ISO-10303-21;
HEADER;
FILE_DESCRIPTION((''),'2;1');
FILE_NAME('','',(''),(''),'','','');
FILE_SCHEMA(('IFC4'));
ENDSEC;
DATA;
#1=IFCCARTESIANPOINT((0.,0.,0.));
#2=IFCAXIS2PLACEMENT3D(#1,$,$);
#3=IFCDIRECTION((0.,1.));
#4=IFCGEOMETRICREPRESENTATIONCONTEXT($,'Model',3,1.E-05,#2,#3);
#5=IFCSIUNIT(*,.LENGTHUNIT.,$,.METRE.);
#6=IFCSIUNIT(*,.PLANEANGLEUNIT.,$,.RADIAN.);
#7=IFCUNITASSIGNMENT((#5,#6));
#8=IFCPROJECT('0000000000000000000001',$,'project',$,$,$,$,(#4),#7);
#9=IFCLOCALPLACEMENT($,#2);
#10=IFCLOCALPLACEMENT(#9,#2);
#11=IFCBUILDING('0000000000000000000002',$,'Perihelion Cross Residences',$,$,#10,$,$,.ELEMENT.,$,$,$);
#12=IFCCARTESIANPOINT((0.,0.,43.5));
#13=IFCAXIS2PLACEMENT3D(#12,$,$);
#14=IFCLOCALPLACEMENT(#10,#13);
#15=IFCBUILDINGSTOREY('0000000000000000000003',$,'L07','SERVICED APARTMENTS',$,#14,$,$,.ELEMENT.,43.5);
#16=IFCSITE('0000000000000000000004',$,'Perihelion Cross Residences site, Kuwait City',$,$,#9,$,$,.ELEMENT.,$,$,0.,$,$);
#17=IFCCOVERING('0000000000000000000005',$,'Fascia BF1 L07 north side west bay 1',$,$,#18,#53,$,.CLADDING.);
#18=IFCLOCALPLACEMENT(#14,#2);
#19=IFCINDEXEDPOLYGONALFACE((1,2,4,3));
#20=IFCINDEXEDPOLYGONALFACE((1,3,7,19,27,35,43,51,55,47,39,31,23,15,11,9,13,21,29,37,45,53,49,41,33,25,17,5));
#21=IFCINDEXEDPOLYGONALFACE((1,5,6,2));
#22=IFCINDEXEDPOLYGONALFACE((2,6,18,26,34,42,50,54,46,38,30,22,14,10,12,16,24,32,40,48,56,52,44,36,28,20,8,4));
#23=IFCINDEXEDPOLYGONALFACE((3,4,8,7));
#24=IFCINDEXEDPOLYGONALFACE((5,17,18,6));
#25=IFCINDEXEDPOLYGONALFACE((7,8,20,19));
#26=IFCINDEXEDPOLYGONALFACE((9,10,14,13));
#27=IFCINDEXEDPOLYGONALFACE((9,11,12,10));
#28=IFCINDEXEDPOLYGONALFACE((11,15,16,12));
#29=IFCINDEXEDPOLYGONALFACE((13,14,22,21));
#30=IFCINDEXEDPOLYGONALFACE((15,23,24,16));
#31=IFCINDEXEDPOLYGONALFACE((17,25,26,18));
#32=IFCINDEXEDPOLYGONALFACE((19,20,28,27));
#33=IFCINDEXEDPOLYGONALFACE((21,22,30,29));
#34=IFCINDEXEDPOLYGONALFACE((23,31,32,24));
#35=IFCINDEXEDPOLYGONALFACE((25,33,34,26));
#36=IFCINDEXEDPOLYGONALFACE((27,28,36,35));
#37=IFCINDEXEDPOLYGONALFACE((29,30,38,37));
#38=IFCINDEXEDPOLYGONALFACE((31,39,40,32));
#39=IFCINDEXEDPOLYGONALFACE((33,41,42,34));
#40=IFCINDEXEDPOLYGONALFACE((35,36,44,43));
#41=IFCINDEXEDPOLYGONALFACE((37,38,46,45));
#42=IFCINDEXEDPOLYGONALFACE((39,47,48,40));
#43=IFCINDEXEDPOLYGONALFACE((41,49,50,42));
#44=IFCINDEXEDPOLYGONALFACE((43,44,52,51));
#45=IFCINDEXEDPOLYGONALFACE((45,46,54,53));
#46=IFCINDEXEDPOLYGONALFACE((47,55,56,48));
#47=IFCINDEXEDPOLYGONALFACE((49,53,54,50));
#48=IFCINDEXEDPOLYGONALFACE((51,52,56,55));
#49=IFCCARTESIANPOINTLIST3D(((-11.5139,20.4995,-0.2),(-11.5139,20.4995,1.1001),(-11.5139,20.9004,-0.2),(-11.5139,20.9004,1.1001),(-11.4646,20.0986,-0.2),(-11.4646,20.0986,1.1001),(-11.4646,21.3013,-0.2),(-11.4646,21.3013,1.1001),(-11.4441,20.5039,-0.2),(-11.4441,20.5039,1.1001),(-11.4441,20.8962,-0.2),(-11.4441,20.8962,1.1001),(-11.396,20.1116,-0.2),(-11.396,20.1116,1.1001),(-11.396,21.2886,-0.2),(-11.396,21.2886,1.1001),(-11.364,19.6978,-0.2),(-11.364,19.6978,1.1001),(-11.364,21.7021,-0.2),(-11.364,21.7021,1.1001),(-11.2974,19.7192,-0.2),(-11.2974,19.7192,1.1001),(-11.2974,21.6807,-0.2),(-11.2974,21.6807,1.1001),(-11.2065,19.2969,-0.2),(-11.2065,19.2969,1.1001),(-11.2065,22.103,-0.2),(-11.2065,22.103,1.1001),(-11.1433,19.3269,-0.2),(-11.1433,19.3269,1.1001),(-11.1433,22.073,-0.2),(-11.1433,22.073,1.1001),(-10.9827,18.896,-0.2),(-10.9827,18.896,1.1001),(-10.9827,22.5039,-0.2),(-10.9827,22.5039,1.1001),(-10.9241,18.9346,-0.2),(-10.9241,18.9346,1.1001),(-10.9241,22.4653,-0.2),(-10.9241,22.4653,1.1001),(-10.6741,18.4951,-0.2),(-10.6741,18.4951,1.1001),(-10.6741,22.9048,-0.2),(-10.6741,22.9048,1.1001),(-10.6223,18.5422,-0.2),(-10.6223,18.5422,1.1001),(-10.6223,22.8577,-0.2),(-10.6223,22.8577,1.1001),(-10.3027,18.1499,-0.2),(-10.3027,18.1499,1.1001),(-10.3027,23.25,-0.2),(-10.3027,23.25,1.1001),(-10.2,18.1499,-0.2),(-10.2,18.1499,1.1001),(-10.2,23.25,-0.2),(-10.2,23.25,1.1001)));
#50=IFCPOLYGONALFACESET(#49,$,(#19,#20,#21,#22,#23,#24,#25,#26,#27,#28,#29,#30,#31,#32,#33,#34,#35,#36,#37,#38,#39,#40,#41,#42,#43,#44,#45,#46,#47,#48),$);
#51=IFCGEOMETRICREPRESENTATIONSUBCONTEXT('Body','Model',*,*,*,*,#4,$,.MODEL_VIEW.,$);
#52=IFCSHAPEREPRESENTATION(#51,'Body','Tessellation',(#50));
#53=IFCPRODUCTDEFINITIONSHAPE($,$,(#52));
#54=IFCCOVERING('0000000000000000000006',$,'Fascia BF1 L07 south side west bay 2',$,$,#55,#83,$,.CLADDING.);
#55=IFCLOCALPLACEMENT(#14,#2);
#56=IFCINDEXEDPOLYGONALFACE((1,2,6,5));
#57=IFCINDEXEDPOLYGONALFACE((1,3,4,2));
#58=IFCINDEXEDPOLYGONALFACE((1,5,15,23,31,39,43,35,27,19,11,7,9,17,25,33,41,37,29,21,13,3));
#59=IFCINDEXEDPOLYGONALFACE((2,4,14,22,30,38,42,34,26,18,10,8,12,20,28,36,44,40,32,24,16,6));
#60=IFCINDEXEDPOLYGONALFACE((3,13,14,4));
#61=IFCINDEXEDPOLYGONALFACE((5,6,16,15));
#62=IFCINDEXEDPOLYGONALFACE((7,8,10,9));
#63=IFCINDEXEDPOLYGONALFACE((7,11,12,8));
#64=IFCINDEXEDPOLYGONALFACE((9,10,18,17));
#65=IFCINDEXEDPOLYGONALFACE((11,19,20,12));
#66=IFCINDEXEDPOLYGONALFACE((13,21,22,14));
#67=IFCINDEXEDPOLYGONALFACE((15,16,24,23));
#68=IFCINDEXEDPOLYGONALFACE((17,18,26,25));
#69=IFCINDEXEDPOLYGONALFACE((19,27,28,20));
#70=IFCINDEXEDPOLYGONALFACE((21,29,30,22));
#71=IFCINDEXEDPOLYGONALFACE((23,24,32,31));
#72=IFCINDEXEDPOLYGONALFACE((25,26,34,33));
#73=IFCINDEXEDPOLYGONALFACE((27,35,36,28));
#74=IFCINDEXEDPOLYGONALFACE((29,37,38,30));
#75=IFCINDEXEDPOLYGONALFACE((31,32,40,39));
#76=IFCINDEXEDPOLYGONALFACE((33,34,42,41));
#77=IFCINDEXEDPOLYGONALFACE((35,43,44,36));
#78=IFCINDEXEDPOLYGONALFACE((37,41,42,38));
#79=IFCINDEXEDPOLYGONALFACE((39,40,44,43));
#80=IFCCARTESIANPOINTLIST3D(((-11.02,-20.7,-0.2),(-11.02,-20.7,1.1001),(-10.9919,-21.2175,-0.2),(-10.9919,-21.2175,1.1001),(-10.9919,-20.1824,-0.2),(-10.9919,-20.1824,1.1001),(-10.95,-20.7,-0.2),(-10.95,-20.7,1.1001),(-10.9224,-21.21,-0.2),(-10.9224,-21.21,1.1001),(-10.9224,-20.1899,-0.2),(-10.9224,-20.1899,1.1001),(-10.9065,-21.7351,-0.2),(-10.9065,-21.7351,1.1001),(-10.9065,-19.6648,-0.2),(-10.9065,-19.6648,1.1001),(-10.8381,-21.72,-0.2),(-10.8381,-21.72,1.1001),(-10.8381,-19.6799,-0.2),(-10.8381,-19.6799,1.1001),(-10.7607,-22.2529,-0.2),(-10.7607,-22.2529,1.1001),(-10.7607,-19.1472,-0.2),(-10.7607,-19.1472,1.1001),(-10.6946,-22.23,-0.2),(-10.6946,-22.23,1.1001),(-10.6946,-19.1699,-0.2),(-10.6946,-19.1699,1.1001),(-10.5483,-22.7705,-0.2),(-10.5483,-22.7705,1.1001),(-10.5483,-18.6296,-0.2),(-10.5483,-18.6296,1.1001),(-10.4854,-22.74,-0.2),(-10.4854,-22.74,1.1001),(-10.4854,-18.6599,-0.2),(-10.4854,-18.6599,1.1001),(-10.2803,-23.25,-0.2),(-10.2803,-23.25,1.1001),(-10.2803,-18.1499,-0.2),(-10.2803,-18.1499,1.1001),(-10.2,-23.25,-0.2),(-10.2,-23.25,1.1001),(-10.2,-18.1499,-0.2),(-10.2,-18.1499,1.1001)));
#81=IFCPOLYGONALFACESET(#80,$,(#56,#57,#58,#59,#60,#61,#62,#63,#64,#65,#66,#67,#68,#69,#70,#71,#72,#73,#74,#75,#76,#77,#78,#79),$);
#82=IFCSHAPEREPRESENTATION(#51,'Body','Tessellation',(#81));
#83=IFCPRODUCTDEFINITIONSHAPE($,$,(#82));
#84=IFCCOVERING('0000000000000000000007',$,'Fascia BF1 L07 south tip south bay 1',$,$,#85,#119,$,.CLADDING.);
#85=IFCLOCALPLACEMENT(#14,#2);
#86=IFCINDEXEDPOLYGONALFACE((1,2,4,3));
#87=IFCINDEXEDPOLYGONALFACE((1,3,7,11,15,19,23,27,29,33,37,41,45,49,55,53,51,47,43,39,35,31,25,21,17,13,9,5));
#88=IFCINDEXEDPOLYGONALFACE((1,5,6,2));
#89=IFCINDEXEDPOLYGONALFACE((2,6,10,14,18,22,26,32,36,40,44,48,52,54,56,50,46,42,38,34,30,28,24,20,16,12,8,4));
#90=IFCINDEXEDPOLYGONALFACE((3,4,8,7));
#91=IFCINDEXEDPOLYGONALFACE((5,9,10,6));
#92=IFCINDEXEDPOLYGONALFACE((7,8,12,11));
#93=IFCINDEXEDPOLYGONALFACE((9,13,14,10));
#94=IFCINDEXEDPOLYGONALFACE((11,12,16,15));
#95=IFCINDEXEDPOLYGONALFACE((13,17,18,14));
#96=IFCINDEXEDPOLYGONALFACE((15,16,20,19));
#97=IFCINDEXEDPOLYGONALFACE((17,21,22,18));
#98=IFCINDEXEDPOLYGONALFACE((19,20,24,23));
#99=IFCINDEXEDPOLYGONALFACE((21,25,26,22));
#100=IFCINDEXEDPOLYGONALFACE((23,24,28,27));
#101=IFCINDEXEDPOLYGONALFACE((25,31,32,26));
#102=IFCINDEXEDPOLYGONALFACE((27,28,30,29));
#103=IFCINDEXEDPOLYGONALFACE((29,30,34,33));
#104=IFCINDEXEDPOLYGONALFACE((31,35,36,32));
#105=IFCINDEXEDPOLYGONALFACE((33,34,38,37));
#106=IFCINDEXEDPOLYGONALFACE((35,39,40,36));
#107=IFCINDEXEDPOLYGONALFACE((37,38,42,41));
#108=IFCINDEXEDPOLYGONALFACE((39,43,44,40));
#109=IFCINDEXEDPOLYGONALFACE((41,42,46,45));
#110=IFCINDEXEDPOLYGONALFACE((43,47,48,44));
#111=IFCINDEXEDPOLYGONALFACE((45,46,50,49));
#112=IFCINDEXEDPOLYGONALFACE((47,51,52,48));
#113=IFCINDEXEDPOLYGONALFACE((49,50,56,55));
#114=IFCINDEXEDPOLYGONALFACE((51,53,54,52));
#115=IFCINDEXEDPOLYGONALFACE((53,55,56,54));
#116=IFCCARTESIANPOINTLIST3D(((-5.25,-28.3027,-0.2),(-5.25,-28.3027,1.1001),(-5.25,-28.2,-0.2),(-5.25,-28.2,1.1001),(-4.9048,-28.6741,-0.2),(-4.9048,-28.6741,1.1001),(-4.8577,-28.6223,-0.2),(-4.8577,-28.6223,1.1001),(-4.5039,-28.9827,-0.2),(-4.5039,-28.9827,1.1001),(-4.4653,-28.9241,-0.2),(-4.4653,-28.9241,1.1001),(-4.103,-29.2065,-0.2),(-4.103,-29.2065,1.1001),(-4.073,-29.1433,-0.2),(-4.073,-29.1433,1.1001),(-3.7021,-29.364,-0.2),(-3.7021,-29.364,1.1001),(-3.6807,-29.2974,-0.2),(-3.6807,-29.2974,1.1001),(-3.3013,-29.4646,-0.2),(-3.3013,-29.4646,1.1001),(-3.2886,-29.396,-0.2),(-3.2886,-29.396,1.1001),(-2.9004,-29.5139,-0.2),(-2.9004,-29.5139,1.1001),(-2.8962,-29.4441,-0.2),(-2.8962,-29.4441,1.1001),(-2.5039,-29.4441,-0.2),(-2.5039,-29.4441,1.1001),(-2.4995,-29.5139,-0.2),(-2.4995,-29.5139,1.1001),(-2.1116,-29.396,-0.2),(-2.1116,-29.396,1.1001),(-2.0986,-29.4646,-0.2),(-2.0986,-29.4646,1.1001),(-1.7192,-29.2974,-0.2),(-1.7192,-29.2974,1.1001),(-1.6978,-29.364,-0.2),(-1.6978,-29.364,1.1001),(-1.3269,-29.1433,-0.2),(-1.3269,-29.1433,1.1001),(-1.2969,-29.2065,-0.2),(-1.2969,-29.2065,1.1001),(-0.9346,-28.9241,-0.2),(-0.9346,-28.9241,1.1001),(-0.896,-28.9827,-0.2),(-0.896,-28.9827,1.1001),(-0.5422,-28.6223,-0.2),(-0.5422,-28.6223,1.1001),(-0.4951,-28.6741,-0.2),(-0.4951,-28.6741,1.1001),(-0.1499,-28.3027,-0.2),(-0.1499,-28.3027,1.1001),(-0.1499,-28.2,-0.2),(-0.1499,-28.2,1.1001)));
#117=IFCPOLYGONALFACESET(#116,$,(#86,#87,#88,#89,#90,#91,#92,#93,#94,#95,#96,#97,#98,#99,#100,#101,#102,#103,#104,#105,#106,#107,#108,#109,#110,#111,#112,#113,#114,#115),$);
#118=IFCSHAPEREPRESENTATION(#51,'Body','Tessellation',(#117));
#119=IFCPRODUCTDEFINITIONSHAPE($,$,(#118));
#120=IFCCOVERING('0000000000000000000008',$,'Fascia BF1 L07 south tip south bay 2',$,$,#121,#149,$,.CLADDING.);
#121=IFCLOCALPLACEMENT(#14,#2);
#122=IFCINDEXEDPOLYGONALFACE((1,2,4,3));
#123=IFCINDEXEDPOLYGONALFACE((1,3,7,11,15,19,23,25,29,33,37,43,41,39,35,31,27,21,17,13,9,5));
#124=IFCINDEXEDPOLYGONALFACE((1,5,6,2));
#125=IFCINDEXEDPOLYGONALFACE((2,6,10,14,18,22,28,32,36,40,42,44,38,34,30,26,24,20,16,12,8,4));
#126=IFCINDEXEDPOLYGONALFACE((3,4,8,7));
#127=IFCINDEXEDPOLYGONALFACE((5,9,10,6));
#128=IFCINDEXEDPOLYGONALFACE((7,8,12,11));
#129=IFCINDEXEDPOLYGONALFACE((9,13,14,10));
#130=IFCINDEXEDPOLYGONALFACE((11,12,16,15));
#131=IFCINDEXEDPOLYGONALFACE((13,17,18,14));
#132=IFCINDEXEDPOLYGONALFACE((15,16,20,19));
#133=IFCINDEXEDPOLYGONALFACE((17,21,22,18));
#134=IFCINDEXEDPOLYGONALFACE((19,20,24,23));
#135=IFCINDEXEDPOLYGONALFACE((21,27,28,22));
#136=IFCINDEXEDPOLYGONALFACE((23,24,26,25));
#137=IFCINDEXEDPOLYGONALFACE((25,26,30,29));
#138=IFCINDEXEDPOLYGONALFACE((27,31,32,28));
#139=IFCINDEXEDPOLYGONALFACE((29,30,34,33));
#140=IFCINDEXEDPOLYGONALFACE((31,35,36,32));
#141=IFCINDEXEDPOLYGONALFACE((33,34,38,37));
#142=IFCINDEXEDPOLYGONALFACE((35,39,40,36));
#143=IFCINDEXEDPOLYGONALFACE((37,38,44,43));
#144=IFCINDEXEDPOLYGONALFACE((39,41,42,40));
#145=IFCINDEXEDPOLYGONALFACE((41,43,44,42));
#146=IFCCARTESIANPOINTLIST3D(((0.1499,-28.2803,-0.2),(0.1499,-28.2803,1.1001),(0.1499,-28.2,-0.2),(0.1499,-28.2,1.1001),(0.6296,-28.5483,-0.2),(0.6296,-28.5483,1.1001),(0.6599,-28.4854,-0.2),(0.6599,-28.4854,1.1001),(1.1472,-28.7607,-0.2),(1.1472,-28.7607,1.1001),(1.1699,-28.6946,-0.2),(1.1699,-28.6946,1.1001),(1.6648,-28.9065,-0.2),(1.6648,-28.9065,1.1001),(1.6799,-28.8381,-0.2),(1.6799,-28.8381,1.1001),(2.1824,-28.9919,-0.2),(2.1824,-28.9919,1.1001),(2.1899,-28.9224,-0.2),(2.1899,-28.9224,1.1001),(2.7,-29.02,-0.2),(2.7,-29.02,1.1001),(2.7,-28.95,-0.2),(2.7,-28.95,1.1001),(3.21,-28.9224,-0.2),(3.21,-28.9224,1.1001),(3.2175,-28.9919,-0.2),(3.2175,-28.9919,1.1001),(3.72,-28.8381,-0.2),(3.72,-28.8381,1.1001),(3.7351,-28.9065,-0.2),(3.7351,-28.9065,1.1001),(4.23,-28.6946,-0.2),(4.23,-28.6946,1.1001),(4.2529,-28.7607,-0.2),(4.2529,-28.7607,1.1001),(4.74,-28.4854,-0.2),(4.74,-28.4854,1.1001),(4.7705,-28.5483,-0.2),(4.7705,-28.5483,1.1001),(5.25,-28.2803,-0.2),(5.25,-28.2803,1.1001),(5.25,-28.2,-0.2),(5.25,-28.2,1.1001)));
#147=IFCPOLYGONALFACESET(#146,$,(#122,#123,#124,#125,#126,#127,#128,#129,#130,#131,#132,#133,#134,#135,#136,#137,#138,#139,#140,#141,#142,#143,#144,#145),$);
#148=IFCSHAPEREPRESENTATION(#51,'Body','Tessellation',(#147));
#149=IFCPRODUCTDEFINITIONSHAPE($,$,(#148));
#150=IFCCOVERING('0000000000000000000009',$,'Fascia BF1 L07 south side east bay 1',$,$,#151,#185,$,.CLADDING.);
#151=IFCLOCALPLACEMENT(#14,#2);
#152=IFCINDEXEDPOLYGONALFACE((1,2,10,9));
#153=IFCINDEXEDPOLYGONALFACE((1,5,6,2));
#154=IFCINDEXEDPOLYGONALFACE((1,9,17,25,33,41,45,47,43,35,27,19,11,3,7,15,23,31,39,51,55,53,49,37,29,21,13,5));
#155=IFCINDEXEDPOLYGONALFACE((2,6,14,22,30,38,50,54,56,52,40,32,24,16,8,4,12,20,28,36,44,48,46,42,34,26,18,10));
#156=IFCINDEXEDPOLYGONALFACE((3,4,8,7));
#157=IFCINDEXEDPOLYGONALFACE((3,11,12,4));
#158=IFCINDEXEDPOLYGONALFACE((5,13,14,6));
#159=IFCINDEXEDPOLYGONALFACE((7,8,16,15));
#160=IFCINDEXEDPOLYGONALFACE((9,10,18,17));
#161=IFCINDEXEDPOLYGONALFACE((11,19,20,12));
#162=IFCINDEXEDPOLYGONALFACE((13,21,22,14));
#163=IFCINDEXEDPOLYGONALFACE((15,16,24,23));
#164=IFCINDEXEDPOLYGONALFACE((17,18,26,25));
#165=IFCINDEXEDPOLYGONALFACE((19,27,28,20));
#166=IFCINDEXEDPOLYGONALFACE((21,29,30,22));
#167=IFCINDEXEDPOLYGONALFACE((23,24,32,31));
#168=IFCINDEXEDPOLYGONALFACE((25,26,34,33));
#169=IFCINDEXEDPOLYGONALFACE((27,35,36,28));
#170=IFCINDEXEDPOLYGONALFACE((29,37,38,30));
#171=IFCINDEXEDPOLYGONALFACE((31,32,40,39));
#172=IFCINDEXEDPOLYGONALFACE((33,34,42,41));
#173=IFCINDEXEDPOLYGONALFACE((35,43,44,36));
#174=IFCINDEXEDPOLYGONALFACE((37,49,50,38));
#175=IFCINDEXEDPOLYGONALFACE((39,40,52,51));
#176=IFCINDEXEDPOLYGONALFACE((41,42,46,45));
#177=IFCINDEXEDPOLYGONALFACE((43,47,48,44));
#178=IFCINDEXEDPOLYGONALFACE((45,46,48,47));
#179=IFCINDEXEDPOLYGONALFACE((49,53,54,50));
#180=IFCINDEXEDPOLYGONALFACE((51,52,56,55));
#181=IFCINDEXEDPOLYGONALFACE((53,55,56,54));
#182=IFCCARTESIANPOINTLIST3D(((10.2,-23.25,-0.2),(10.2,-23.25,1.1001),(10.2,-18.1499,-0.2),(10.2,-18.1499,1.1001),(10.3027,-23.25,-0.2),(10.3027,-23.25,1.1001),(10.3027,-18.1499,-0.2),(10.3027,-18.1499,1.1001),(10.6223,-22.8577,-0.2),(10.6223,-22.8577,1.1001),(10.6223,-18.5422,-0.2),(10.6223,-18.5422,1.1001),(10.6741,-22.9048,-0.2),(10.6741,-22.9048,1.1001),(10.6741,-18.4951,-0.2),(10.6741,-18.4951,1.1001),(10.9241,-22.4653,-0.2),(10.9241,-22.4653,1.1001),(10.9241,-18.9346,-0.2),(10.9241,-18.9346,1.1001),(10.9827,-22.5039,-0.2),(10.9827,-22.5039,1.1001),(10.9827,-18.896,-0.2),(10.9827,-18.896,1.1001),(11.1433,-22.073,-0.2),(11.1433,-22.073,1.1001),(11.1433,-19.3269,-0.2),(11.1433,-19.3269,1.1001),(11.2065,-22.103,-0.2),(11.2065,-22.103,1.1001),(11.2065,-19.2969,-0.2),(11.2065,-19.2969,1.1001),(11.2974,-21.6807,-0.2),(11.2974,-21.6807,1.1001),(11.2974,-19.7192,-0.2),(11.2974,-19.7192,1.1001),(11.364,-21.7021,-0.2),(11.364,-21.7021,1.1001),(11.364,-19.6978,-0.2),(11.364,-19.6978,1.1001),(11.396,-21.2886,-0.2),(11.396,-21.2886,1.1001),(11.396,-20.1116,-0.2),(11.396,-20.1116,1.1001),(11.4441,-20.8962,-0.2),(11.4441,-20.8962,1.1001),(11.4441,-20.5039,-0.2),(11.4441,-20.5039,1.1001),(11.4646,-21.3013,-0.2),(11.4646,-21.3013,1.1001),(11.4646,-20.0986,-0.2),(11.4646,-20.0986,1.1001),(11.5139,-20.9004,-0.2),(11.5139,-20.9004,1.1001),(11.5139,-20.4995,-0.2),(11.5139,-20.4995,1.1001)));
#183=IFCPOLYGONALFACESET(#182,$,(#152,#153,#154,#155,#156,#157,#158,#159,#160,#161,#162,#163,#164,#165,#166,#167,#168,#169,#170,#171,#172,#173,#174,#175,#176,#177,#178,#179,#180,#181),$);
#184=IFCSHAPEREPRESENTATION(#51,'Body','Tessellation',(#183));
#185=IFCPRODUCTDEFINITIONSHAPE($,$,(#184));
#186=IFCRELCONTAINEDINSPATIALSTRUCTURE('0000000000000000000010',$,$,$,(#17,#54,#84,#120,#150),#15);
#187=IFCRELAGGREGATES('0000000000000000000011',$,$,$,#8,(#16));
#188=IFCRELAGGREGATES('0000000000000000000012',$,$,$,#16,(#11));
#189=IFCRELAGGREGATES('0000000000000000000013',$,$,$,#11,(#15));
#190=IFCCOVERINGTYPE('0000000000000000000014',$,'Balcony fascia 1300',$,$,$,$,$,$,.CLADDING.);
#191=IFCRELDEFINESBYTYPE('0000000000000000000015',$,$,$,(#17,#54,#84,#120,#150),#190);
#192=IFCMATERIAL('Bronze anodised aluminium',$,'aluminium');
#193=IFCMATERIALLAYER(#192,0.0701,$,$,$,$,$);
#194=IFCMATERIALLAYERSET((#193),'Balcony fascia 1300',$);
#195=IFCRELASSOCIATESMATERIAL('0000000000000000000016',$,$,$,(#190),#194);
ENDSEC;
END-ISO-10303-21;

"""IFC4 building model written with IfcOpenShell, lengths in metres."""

from ifc_helpers import new_model, si_unit, direction, frame, origin, place, context, subcontext, project, spatial, polyline, outline, extrude, material, layer, layer_set, type_object, element, save


model = new_model("IFC4")

# Units and contexts
model_context = context("Model", 3, precision=1e-05, world=origin(), true_north=direction((0.0, 1.0)))
body_context = subcontext(model_context, "Body", "Model", "MODEL_VIEW")
ifc_project = project(units=[si_unit("LENGTHUNIT", "METRE"), si_unit("PLANEANGLEUNIT", "RADIAN")], contexts=[model_context])

# Site, building, storey
site_placement = place(None, origin())
site = spatial("IfcSite", under=ifc_project, at=site_placement, Name="Perihelion Cross Residences site, Kuwait City", CompositionType="ELEMENT", RefElevation=0.0)
building_placement = place(site_placement, origin())
building = spatial("IfcBuilding", under=site, at=building_placement, Name="Perihelion Cross Residences", CompositionType="ELEMENT")
storey_placement = place(building_placement, frame((0.0, 0.0, 43.5)))
storey = spatial("IfcBuildingStorey", under=building, at=storey_placement, Name="L07", Description="SERVICED APARTMENTS", CompositionType="ELEMENT", Elevation=43.5)

# Coverings
ifc_material_1 = material(Name="Bronze anodised aluminium", Category="aluminium")
ifc_layer_1 = layer(ifc_material_1, 0.0701)
ifc_layer_set_1 = layer_set([ifc_layer_1], Name="Balcony fascia 1300")
covering_type_1 = type_object("IfcCoveringType", Name="Balcony fascia 1300", PredefinedType="CLADDING", material=ifc_layer_set_1)
covering_1_placement = place(storey_placement, frame((0.0, 0.0, -0.2)))
element("IfcCovering", 1, at=covering_1_placement, inside=storey, type_object=covering_type_1, Name="Fascia BF1 L07 north side west bay 1", PredefinedType="CLADDING", context=body_context, shape_type="SweptSolid", body=[
    extrude(outline(polyline([(-10.6741, 22.9048), (-10.9827, 22.5039), (-11.2065, 22.103), (-11.364, 21.7021), (-11.4646, 21.3013), (-11.5139, 20.9004), (-11.5139, 20.4995), (-11.4646, 20.0986), (-11.364, 19.6978), (-11.2065, 19.2969), (-10.9827, 18.896), (-10.6741, 18.4951), (-10.3027, 18.1499), (-10.2, 18.1499), (-10.6223, 18.5422), (-10.9241, 18.9346), (-11.1433, 19.3269), (-11.2974, 19.7192), (-11.396, 20.1116), (-11.4441, 20.5039), (-11.4441, 20.8962), (-11.396, 21.2886), (-11.2974, 21.6807), (-11.1433, 22.073), (-10.9241, 22.4653), (-10.6223, 22.8577), (-10.2, 23.25), (-10.3027, 23.25), (-10.6741, 22.9048)])), origin(), (0.0, 0.0, 1.0), 1.3),
])
covering_2_placement = place(storey_placement, frame((0.0, 0.0, -0.2)))
element("IfcCovering", 2, at=covering_2_placement, inside=storey, type_object=covering_type_1, Name="Fascia BF1 L07 south side west bay 2", PredefinedType="CLADDING", context=body_context, shape_type="SweptSolid", body=[
    extrude(outline(polyline([(-10.5483, -18.6296), (-10.7607, -19.1472), (-10.9065, -19.6648), (-10.9919, -20.1824), (-11.02, -20.7), (-10.9919, -21.2175), (-10.9065, -21.7351), (-10.7607, -22.2529), (-10.5483, -22.7705), (-10.2803, -23.25), (-10.2, -23.25), (-10.4854, -22.74), (-10.6946, -22.23), (-10.8381, -21.72), (-10.9224, -21.21), (-10.95, -20.7), (-10.9224, -20.1899), (-10.8381, -19.6799), (-10.6946, -19.1699), (-10.4854, -18.6599), (-10.2, -18.1499), (-10.2803, -18.1499), (-10.5483, -18.6296)])), origin(), (0.0, 0.0, 1.0), 1.3),
])
covering_3_placement = place(storey_placement, frame((0.0, 0.0, -0.2)))
element("IfcCovering", 3, at=covering_3_placement, inside=storey, type_object=covering_type_1, Name="Fascia BF1 L07 south tip south bay 1", PredefinedType="CLADDING", context=body_context, shape_type="SweptSolid", body=[
    extrude(outline(polyline([(-4.9048, -28.6741), (-4.5039, -28.9827), (-4.103, -29.2065), (-3.7021, -29.364), (-3.3013, -29.4646), (-2.9004, -29.5139), (-2.4995, -29.5139), (-2.0986, -29.4646), (-1.6978, -29.364), (-1.2969, -29.2065), (-0.896, -28.9827), (-0.4951, -28.6741), (-0.1499, -28.3027), (-0.1499, -28.2), (-0.5422, -28.6223), (-0.9346, -28.9241), (-1.3269, -29.1433), (-1.7192, -29.2974), (-2.1116, -29.396), (-2.5039, -29.4441), (-2.8962, -29.4441), (-3.2886, -29.396), (-3.6807, -29.2974), (-4.073, -29.1433), (-4.4653, -28.9241), (-4.8577, -28.6223), (-5.25, -28.2), (-5.25, -28.3027), (-4.9048, -28.6741)])), origin(), (0.0, 0.0, 1.0), 1.3),
])
covering_4_placement = place(storey_placement, frame((0.0, 0.0, -0.2)))
element("IfcCovering", 4, at=covering_4_placement, inside=storey, type_object=covering_type_1, Name="Fascia BF1 L07 south tip south bay 2", PredefinedType="CLADDING", context=body_context, shape_type="SweptSolid", body=[
    extrude(outline(polyline([(0.6296, -28.5483), (1.1472, -28.7607), (1.6648, -28.9065), (2.1824, -28.9919), (2.7, -29.02), (3.2175, -28.9919), (3.7351, -28.9065), (4.2529, -28.7607), (4.7705, -28.5483), (5.25, -28.2803), (5.25, -28.2), (4.74, -28.4854), (4.23, -28.6946), (3.72, -28.8381), (3.21, -28.9224), (2.7, -28.95), (2.1899, -28.9224), (1.6799, -28.8381), (1.1699, -28.6946), (0.6599, -28.4854), (0.1499, -28.2), (0.1499, -28.2803), (0.6296, -28.5483)])), origin(), (0.0, 0.0, 1.0), 1.3),
])
covering_5_placement = place(storey_placement, frame((0.0, 0.0, -0.2)))
element("IfcCovering", 5, at=covering_5_placement, inside=storey, type_object=covering_type_1, Name="Fascia BF1 L07 south side east bay 1", PredefinedType="CLADDING", context=body_context, shape_type="SweptSolid", body=[
    extrude(outline(polyline([(10.6741, -22.9048), (10.9827, -22.5039), (11.2065, -22.103), (11.364, -21.7021), (11.4646, -21.3013), (11.5139, -20.9004), (11.5139, -20.4995), (11.4646, -20.0986), (11.364, -19.6978), (11.2065, -19.2969), (10.9827, -18.896), (10.6741, -18.4951), (10.3027, -18.1499), (10.2, -18.1499), (10.6223, -18.5422), (10.9241, -18.9346), (11.1433, -19.3269), (11.2974, -19.7192), (11.396, -20.1116), (11.4441, -20.5039), (11.4441, -20.8962), (11.396, -21.2886), (11.2974, -21.6807), (11.1433, -22.073), (10.9241, -22.4653), (10.6223, -22.8577), (10.2, -23.25), (10.3027, -23.25), (10.6741, -22.9048)])), origin(), (0.0, 0.0, 1.0), 1.3),
])

save(model, "model.ifc")
